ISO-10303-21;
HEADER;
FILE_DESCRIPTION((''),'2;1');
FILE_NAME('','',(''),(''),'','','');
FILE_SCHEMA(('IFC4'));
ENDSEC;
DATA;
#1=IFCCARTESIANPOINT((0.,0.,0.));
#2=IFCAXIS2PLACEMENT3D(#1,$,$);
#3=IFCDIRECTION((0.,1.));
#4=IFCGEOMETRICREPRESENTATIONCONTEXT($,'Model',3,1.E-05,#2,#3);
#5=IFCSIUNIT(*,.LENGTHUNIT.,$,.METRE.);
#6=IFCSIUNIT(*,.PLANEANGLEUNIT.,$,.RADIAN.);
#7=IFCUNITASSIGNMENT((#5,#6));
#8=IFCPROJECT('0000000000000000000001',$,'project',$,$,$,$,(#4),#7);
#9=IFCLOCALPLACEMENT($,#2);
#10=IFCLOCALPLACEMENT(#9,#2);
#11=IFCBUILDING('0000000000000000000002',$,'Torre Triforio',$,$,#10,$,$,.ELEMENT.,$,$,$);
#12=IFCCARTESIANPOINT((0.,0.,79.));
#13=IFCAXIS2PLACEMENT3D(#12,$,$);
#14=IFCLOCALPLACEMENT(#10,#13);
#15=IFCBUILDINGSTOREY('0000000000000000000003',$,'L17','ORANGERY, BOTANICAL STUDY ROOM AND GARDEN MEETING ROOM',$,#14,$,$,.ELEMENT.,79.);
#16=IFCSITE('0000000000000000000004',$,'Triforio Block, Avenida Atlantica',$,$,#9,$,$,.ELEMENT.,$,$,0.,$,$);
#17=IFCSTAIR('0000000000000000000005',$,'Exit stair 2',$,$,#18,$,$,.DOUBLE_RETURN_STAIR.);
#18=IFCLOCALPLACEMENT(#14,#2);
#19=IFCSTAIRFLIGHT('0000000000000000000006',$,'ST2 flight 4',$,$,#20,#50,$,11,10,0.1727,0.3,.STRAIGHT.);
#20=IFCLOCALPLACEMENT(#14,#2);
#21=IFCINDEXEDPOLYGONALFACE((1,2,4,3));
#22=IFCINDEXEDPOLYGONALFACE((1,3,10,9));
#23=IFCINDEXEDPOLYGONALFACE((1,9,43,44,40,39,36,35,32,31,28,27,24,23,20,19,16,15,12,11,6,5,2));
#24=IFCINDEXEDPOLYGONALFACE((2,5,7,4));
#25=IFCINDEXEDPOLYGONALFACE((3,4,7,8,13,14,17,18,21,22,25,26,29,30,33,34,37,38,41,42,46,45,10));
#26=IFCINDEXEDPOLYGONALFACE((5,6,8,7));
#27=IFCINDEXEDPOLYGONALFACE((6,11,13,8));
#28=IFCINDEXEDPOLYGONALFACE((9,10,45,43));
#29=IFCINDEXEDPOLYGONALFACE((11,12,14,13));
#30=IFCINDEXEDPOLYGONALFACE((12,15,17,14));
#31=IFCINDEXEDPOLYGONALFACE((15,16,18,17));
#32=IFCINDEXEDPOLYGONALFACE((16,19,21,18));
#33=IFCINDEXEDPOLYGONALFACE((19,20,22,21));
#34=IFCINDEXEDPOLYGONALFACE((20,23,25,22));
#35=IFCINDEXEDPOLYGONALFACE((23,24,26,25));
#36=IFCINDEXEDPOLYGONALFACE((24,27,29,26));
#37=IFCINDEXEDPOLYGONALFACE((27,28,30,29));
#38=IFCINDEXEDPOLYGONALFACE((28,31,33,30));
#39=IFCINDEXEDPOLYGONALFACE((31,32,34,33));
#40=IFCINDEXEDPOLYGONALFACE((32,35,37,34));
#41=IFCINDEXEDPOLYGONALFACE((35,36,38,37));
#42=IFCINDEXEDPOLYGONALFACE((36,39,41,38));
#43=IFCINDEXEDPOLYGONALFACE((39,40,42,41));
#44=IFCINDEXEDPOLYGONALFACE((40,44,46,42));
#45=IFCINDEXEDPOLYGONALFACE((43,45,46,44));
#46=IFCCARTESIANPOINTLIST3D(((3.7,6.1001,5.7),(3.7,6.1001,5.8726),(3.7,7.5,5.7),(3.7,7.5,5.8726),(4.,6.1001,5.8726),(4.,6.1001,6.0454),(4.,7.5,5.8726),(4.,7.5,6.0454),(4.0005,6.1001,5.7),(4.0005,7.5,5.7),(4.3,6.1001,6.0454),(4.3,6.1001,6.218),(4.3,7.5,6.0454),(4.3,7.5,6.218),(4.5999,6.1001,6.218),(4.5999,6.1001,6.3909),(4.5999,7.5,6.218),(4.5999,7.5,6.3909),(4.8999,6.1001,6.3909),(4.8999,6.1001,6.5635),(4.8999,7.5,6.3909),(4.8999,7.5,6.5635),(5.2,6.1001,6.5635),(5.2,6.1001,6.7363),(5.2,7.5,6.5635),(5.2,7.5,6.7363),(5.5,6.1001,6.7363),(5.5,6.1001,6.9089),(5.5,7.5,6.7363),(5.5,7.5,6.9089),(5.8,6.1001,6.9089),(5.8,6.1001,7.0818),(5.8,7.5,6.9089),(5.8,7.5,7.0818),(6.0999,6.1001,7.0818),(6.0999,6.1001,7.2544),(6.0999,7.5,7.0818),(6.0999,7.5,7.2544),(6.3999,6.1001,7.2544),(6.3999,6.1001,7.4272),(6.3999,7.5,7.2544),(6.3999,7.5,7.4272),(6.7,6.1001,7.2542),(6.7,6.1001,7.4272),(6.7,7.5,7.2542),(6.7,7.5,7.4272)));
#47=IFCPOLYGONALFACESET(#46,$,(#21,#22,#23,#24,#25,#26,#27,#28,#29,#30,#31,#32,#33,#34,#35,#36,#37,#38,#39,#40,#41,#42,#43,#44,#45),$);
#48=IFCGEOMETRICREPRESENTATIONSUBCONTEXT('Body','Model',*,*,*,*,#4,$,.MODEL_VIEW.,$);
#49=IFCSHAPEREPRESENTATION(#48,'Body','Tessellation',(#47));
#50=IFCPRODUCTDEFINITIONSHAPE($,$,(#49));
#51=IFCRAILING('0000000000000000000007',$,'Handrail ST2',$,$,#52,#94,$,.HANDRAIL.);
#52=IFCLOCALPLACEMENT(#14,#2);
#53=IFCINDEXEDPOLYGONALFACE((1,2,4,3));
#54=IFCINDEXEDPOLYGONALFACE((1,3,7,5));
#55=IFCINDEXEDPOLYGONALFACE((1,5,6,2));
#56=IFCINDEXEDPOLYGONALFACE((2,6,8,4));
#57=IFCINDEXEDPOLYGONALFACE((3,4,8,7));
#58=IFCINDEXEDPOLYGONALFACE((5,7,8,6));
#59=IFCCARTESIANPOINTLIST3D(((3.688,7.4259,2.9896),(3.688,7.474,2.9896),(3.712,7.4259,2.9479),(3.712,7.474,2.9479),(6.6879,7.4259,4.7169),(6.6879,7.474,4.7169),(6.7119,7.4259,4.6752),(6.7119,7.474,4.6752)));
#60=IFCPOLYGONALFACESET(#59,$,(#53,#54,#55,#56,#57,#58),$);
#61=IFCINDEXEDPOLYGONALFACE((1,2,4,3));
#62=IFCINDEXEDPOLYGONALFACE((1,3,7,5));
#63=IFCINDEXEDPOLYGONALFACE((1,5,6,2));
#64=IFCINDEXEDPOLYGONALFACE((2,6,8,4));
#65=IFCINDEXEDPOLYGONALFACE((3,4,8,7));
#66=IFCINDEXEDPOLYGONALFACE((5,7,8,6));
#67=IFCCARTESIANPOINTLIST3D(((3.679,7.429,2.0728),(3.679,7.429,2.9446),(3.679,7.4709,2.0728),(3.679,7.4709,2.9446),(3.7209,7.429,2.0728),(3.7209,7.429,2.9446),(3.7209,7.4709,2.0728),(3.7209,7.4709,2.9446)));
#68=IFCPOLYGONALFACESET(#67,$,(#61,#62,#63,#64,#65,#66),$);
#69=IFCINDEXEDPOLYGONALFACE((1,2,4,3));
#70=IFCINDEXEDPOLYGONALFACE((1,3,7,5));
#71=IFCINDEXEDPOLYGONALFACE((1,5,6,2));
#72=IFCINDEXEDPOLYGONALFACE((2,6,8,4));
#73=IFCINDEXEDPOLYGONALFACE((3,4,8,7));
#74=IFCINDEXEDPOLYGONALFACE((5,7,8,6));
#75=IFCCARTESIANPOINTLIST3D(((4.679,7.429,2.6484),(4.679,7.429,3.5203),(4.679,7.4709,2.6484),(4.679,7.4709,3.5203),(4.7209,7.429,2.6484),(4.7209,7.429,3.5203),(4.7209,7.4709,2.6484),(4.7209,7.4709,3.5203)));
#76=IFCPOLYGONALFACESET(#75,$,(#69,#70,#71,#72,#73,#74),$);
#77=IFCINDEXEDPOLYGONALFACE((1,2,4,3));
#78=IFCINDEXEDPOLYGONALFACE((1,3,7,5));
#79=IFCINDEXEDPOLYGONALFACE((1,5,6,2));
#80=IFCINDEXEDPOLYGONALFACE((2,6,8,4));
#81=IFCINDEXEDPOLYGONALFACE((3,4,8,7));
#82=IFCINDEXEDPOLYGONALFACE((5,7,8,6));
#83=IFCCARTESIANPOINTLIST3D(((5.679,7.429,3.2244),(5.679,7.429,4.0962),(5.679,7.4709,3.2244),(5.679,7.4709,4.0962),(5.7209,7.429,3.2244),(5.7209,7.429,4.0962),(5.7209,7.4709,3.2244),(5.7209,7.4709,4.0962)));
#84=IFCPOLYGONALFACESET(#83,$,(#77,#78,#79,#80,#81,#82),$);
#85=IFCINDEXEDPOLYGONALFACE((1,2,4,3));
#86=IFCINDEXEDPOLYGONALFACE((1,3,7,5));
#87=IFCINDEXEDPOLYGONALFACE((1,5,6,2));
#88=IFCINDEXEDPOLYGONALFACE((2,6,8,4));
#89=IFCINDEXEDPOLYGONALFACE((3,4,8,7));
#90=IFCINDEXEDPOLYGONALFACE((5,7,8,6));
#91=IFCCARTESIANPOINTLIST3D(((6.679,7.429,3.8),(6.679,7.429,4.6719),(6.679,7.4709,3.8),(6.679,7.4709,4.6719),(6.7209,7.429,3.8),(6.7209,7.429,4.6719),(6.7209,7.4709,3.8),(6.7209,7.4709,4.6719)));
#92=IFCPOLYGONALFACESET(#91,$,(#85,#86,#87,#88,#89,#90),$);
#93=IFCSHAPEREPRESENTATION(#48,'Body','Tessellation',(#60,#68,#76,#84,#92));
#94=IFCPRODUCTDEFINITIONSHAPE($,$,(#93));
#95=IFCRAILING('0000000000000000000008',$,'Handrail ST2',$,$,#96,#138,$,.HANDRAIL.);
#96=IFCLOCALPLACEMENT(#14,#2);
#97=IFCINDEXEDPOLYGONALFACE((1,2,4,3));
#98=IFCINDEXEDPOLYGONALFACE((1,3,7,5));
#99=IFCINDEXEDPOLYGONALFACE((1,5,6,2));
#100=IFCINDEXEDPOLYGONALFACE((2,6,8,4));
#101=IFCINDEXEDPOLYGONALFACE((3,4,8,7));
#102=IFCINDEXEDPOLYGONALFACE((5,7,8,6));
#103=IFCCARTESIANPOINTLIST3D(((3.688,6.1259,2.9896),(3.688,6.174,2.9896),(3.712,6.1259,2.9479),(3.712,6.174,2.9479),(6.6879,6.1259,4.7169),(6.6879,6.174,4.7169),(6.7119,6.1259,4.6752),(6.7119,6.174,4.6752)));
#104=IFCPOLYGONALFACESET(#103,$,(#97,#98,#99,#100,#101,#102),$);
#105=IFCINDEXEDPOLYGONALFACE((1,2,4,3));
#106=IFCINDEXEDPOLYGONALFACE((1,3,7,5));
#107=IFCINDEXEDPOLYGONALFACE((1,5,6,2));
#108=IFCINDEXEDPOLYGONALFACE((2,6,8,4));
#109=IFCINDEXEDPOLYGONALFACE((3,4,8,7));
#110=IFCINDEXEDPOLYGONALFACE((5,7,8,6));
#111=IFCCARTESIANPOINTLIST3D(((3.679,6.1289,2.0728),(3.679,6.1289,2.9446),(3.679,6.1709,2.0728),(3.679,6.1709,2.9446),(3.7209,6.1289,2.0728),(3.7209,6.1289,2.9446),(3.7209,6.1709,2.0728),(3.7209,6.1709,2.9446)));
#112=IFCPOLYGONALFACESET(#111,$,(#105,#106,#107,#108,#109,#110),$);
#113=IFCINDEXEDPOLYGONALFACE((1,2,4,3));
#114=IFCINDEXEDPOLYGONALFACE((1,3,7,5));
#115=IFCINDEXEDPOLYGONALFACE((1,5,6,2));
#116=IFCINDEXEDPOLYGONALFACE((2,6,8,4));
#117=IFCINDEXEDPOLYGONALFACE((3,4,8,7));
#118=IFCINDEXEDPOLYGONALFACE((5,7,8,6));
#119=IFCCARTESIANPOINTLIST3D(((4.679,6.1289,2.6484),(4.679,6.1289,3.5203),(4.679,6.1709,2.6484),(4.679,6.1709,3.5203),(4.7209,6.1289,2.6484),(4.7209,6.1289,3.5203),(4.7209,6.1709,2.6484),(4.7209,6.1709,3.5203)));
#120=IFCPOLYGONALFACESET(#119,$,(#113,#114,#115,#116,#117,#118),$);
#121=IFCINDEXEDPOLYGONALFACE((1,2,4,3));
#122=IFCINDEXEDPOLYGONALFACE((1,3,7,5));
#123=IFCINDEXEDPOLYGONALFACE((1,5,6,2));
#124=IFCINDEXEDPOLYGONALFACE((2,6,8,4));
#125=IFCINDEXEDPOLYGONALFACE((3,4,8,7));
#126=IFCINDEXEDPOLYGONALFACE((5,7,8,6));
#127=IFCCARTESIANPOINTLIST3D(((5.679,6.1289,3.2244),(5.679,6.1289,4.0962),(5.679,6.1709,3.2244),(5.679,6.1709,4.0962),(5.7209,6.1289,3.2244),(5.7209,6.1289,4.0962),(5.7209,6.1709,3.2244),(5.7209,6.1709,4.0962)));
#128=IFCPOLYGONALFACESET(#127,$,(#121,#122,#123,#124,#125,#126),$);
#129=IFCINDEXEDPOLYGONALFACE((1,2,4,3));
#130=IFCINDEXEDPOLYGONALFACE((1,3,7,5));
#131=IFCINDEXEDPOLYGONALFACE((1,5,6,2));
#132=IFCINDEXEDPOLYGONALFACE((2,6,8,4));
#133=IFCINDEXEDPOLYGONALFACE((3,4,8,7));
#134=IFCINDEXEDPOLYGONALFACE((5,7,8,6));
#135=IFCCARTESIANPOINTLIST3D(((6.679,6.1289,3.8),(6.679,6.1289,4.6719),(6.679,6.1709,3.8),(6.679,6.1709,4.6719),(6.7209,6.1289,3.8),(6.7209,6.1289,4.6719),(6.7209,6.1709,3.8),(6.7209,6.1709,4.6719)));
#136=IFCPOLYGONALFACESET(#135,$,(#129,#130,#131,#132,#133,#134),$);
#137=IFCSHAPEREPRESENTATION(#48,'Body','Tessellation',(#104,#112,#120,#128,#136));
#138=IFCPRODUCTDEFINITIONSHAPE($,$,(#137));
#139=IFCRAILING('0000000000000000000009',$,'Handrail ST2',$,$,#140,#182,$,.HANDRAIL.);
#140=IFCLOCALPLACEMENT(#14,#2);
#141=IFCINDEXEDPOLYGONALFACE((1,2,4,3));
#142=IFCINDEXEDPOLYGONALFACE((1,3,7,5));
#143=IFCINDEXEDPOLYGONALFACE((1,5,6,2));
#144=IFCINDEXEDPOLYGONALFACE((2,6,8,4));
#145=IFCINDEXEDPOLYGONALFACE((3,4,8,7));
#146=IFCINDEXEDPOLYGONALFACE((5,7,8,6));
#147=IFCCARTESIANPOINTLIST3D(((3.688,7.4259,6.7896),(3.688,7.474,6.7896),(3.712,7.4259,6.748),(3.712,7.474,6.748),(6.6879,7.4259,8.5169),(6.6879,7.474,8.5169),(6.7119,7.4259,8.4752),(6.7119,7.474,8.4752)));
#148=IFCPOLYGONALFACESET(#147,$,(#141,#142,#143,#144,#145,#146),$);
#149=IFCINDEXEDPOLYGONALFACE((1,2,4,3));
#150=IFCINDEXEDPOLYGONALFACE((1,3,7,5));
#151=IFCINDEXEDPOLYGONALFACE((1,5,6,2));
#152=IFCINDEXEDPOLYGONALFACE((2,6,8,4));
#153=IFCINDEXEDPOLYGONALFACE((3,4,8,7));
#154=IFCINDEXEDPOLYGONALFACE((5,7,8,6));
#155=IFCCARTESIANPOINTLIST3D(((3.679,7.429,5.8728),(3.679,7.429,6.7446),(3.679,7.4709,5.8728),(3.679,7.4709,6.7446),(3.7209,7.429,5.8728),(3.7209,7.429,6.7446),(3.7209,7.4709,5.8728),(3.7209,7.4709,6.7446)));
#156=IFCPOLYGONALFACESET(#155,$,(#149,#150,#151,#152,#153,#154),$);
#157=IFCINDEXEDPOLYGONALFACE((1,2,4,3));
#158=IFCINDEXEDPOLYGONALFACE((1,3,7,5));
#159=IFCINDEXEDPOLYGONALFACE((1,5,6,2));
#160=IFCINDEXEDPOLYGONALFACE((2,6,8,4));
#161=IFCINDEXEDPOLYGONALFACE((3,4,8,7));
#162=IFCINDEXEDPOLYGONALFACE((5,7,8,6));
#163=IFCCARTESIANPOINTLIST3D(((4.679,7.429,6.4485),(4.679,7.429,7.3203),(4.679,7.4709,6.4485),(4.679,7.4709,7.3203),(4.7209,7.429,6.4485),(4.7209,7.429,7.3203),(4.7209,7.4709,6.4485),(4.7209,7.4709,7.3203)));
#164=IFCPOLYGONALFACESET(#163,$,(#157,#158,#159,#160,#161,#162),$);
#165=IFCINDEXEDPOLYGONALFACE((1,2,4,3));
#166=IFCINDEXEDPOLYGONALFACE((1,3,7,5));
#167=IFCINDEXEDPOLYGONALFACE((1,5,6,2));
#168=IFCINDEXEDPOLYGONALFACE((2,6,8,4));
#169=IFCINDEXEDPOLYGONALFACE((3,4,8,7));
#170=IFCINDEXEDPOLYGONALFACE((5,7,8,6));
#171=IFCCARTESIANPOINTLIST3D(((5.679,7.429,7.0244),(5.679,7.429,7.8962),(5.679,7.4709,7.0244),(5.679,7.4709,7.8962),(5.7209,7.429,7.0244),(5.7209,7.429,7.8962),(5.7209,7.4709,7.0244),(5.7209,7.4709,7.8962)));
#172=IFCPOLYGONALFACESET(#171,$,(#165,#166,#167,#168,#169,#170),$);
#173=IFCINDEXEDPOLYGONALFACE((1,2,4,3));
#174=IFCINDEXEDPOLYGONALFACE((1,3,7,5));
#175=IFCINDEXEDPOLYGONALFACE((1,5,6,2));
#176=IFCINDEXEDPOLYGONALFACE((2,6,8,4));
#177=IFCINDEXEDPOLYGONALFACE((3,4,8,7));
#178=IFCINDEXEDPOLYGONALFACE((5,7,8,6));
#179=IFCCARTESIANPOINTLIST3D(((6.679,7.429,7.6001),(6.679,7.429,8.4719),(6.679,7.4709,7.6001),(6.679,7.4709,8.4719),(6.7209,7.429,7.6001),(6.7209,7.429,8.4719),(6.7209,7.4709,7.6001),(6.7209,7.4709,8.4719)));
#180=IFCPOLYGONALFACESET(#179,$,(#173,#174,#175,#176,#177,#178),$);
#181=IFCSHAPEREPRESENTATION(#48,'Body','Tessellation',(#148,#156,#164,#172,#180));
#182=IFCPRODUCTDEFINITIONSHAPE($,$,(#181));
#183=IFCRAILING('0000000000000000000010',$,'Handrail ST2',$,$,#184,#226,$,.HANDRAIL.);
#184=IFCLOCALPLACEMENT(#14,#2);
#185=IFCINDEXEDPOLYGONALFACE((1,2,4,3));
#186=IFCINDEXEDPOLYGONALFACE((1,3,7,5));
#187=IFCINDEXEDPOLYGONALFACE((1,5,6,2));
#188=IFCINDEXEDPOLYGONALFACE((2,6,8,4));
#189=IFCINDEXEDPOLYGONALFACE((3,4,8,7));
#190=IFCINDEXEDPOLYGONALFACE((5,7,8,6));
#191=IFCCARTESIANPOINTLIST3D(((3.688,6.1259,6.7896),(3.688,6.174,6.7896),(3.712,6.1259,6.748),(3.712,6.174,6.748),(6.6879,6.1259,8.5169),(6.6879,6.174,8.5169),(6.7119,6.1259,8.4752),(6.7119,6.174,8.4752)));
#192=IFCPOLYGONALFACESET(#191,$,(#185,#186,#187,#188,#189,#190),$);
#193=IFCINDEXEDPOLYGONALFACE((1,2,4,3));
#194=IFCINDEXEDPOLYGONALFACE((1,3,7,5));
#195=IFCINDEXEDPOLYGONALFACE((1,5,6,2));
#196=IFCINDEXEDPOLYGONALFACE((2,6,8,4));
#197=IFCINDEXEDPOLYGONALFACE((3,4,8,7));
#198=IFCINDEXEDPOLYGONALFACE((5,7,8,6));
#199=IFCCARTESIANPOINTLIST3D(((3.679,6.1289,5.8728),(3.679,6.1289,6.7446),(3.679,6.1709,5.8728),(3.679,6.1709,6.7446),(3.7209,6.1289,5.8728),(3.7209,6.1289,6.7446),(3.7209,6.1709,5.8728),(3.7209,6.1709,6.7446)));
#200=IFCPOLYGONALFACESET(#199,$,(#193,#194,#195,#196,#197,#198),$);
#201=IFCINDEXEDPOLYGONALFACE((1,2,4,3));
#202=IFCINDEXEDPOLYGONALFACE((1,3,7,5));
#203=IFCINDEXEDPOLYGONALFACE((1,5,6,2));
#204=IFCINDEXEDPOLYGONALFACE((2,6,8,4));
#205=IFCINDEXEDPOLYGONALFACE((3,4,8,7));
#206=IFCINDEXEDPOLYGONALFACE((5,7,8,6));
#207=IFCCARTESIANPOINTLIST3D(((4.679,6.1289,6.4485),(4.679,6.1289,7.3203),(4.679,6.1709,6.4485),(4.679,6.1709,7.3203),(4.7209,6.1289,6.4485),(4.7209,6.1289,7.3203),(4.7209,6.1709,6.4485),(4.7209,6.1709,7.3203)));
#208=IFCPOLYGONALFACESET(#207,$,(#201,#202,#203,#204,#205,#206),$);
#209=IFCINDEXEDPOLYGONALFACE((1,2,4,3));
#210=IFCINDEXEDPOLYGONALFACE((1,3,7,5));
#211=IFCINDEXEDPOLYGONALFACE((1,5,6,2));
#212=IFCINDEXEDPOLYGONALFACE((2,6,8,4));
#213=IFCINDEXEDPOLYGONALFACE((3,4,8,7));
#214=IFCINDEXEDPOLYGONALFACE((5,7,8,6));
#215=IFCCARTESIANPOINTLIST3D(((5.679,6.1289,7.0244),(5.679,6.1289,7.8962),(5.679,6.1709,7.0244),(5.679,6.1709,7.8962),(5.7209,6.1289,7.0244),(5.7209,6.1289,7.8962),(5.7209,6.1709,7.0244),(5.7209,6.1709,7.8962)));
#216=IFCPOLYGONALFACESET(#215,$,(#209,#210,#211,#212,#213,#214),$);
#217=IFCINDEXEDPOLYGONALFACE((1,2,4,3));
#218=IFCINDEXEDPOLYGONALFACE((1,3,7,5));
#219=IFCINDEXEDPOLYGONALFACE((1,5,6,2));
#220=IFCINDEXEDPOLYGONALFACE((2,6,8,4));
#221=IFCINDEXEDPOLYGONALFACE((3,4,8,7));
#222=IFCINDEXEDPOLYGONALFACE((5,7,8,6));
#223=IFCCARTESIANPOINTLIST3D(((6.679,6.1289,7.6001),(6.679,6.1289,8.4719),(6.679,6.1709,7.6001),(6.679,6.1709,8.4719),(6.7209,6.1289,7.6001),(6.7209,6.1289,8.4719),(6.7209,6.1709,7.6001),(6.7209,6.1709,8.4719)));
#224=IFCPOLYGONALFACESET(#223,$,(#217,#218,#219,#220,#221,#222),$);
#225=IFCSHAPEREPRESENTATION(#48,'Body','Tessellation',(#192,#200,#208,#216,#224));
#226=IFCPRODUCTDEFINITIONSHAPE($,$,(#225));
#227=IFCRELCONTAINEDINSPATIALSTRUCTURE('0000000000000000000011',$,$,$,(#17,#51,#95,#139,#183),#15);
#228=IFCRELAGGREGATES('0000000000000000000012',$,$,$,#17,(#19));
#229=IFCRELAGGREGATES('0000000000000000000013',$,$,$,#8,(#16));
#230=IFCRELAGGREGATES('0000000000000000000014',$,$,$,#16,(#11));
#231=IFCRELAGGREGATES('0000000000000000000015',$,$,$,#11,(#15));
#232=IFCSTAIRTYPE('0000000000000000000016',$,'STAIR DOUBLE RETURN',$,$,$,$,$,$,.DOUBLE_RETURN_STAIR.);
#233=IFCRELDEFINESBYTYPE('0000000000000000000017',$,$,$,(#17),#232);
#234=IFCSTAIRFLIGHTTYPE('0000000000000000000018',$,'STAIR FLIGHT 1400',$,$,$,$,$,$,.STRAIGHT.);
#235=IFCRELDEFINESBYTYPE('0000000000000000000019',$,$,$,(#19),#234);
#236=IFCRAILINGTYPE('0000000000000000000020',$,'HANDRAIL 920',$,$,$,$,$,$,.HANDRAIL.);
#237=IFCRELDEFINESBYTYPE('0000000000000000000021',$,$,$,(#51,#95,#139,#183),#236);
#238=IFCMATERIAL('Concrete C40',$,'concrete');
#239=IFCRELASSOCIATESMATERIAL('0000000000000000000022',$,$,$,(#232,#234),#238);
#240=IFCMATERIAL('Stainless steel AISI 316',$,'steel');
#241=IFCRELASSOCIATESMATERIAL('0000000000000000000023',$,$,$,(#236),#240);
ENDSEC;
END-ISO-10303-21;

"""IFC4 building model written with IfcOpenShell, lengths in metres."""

from ifc_helpers import new_model, si_unit, direction, frame, origin, origin_2d, place, context, subcontext, project, spatial, polyline, rectangle, outline, extrude, material, type_object, element, aggregate, save


model = new_model("IFC4")

# Units and contexts
model_context = context("Model", 3, precision=1e-05, world=origin(), true_north=direction((0.0, 1.0)))
body_context = subcontext(model_context, "Body", "Model", "MODEL_VIEW")
ifc_project = project(units=[si_unit("LENGTHUNIT", "METRE"), si_unit("PLANEANGLEUNIT", "RADIAN")], contexts=[model_context])

# Site, building, storey
site_placement = place(None, origin())
site = spatial("IfcSite", under=ifc_project, at=site_placement, Name="Triforio Block, Avenida Atlantica", CompositionType="ELEMENT", RefElevation=0.0)
building_placement = place(site_placement, origin())
building = spatial("IfcBuilding", under=site, at=building_placement, Name="Torre Triforio", CompositionType="ELEMENT")
storey_placement = place(building_placement, frame((0.0, 0.0, 79.0)))
storey = spatial("IfcBuildingStorey", under=building, at=storey_placement, Name="L17", Description="ORANGERY, BOTANICAL STUDY ROOM AND GARDEN MEETING ROOM", CompositionType="ELEMENT", Elevation=79.0)

# Stair, stair flight
ifc_material_1 = material(Name="Concrete C40", Category="concrete")
stair_type = type_object("IfcStairType", Name="STAIR DOUBLE RETURN", PredefinedType="DOUBLE_RETURN_STAIR", material=ifc_material_1)
stair_placement = place(storey_placement, origin())
stair = element("IfcStair", 1, at=stair_placement, inside=storey, type_object=stair_type, Name="Exit stair 2", PredefinedType="DOUBLE_RETURN_STAIR")
stair_flight_type = type_object("IfcStairFlightType", Name="STAIR FLIGHT 1400", PredefinedType="STRAIGHT", material=ifc_material_1)
stair_flight_1_placement = place(storey_placement, frame((3.7, 6.8, 5.7), z_axis=(0.0, 0.0, 1.0), x_axis=(1.0, 0.0, 0.0)))
stair_flight_1 = element("IfcStairFlight", 2, at=stair_flight_1_placement, type_object=stair_flight_type, Name="ST2 flight 4", NumberOfRisers=11, NumberOfTreads=10, PredefinedType="STRAIGHT", RiserHeight=0.1727, TreadLength=0.3, context=body_context, shape_type="SweptSolid", body=[
    extrude(outline(polyline([(0.0, 0.0), (0.0, 0.1726), (0.3, 0.1726), (0.3, 0.3455), (0.6001, 0.3455), (0.6001, 0.5181), (0.8999, 0.5181), (0.8999, 0.6909), (1.2, 0.6909), (1.2, 0.8635), (1.5, 0.8635), (1.5, 1.0364), (1.8, 1.0364), (1.8, 1.209), (2.1001, 1.209), (2.1001, 1.3818), (2.3999, 1.3818), (2.3999, 1.5544), (2.7, 1.5544), (2.7, 1.7273), (3.0, 1.7273), (3.0, 1.8999), (3.0, 1.5542), (0.3005, 0.0), (0.0, 0.0)])), frame((0.0, 0.7, 0.0), z_axis=(0.0, -1.0, 0.0), x_axis=(1.0, 0.0, 0.0)), (0.0, 0.0, 1.0), 1.3999),
])
aggregate(stair, [stair_flight_1])

# Railings
ifc_material_2 = material(Name="Stainless steel AISI 316", Category="steel")
railing_type = type_object("IfcRailingType", Name="HANDRAIL 920", PredefinedType="HANDRAIL", material=ifc_material_2)
for number, where, name in (
    (3, (3.7, 7.45, 2.0728), "Handrail ST2"),
    (4, (3.7, 6.1499, 2.0728), "Handrail ST2"),
    (5, (3.7, 7.45, 5.8728), "Handrail ST2"),
    (6, (3.7, 6.1499, 5.8728), "Handrail ST2"),
):
    element("IfcRailing", number, at=place(storey_placement, frame(where)), inside=storey, type_object=railing_type, Name=name, PredefinedType="HANDRAIL", context=body_context, shape_type="SweptSolid", body=[
        extrude(rectangle(XDim=0.0481, YDim=0.0481, at=origin_2d()), frame((0.0, 0.0, 0.896), z_axis=(0.86662, 0.0, 0.498969), x_axis=(0.0, 1.0, 0.0)), (0.0, 0.0, 1.0), 3.4617),
        extrude(rectangle(XDim=0.042, YDim=0.042, at=origin_2d()), origin(), (0.0, 0.0, 1.0), 0.8718),
        extrude(rectangle(XDim=0.042, YDim=0.042, at=origin_2d()), frame((1.0, 0.0, 0.5757)), (0.0, 0.0, 1.0), 0.8718),
        extrude(rectangle(XDim=0.042, YDim=0.042, at=origin_2d()), frame((2.0, 0.0, 1.1516)), (0.0, 0.0, 1.0), 0.8718),
        extrude(rectangle(XDim=0.042, YDim=0.042, at=origin_2d()), frame((3.0, 0.0, 1.7273)), (0.0, 0.0, 1.0), 0.8718),
    ])

save(model, "model.ifc")
